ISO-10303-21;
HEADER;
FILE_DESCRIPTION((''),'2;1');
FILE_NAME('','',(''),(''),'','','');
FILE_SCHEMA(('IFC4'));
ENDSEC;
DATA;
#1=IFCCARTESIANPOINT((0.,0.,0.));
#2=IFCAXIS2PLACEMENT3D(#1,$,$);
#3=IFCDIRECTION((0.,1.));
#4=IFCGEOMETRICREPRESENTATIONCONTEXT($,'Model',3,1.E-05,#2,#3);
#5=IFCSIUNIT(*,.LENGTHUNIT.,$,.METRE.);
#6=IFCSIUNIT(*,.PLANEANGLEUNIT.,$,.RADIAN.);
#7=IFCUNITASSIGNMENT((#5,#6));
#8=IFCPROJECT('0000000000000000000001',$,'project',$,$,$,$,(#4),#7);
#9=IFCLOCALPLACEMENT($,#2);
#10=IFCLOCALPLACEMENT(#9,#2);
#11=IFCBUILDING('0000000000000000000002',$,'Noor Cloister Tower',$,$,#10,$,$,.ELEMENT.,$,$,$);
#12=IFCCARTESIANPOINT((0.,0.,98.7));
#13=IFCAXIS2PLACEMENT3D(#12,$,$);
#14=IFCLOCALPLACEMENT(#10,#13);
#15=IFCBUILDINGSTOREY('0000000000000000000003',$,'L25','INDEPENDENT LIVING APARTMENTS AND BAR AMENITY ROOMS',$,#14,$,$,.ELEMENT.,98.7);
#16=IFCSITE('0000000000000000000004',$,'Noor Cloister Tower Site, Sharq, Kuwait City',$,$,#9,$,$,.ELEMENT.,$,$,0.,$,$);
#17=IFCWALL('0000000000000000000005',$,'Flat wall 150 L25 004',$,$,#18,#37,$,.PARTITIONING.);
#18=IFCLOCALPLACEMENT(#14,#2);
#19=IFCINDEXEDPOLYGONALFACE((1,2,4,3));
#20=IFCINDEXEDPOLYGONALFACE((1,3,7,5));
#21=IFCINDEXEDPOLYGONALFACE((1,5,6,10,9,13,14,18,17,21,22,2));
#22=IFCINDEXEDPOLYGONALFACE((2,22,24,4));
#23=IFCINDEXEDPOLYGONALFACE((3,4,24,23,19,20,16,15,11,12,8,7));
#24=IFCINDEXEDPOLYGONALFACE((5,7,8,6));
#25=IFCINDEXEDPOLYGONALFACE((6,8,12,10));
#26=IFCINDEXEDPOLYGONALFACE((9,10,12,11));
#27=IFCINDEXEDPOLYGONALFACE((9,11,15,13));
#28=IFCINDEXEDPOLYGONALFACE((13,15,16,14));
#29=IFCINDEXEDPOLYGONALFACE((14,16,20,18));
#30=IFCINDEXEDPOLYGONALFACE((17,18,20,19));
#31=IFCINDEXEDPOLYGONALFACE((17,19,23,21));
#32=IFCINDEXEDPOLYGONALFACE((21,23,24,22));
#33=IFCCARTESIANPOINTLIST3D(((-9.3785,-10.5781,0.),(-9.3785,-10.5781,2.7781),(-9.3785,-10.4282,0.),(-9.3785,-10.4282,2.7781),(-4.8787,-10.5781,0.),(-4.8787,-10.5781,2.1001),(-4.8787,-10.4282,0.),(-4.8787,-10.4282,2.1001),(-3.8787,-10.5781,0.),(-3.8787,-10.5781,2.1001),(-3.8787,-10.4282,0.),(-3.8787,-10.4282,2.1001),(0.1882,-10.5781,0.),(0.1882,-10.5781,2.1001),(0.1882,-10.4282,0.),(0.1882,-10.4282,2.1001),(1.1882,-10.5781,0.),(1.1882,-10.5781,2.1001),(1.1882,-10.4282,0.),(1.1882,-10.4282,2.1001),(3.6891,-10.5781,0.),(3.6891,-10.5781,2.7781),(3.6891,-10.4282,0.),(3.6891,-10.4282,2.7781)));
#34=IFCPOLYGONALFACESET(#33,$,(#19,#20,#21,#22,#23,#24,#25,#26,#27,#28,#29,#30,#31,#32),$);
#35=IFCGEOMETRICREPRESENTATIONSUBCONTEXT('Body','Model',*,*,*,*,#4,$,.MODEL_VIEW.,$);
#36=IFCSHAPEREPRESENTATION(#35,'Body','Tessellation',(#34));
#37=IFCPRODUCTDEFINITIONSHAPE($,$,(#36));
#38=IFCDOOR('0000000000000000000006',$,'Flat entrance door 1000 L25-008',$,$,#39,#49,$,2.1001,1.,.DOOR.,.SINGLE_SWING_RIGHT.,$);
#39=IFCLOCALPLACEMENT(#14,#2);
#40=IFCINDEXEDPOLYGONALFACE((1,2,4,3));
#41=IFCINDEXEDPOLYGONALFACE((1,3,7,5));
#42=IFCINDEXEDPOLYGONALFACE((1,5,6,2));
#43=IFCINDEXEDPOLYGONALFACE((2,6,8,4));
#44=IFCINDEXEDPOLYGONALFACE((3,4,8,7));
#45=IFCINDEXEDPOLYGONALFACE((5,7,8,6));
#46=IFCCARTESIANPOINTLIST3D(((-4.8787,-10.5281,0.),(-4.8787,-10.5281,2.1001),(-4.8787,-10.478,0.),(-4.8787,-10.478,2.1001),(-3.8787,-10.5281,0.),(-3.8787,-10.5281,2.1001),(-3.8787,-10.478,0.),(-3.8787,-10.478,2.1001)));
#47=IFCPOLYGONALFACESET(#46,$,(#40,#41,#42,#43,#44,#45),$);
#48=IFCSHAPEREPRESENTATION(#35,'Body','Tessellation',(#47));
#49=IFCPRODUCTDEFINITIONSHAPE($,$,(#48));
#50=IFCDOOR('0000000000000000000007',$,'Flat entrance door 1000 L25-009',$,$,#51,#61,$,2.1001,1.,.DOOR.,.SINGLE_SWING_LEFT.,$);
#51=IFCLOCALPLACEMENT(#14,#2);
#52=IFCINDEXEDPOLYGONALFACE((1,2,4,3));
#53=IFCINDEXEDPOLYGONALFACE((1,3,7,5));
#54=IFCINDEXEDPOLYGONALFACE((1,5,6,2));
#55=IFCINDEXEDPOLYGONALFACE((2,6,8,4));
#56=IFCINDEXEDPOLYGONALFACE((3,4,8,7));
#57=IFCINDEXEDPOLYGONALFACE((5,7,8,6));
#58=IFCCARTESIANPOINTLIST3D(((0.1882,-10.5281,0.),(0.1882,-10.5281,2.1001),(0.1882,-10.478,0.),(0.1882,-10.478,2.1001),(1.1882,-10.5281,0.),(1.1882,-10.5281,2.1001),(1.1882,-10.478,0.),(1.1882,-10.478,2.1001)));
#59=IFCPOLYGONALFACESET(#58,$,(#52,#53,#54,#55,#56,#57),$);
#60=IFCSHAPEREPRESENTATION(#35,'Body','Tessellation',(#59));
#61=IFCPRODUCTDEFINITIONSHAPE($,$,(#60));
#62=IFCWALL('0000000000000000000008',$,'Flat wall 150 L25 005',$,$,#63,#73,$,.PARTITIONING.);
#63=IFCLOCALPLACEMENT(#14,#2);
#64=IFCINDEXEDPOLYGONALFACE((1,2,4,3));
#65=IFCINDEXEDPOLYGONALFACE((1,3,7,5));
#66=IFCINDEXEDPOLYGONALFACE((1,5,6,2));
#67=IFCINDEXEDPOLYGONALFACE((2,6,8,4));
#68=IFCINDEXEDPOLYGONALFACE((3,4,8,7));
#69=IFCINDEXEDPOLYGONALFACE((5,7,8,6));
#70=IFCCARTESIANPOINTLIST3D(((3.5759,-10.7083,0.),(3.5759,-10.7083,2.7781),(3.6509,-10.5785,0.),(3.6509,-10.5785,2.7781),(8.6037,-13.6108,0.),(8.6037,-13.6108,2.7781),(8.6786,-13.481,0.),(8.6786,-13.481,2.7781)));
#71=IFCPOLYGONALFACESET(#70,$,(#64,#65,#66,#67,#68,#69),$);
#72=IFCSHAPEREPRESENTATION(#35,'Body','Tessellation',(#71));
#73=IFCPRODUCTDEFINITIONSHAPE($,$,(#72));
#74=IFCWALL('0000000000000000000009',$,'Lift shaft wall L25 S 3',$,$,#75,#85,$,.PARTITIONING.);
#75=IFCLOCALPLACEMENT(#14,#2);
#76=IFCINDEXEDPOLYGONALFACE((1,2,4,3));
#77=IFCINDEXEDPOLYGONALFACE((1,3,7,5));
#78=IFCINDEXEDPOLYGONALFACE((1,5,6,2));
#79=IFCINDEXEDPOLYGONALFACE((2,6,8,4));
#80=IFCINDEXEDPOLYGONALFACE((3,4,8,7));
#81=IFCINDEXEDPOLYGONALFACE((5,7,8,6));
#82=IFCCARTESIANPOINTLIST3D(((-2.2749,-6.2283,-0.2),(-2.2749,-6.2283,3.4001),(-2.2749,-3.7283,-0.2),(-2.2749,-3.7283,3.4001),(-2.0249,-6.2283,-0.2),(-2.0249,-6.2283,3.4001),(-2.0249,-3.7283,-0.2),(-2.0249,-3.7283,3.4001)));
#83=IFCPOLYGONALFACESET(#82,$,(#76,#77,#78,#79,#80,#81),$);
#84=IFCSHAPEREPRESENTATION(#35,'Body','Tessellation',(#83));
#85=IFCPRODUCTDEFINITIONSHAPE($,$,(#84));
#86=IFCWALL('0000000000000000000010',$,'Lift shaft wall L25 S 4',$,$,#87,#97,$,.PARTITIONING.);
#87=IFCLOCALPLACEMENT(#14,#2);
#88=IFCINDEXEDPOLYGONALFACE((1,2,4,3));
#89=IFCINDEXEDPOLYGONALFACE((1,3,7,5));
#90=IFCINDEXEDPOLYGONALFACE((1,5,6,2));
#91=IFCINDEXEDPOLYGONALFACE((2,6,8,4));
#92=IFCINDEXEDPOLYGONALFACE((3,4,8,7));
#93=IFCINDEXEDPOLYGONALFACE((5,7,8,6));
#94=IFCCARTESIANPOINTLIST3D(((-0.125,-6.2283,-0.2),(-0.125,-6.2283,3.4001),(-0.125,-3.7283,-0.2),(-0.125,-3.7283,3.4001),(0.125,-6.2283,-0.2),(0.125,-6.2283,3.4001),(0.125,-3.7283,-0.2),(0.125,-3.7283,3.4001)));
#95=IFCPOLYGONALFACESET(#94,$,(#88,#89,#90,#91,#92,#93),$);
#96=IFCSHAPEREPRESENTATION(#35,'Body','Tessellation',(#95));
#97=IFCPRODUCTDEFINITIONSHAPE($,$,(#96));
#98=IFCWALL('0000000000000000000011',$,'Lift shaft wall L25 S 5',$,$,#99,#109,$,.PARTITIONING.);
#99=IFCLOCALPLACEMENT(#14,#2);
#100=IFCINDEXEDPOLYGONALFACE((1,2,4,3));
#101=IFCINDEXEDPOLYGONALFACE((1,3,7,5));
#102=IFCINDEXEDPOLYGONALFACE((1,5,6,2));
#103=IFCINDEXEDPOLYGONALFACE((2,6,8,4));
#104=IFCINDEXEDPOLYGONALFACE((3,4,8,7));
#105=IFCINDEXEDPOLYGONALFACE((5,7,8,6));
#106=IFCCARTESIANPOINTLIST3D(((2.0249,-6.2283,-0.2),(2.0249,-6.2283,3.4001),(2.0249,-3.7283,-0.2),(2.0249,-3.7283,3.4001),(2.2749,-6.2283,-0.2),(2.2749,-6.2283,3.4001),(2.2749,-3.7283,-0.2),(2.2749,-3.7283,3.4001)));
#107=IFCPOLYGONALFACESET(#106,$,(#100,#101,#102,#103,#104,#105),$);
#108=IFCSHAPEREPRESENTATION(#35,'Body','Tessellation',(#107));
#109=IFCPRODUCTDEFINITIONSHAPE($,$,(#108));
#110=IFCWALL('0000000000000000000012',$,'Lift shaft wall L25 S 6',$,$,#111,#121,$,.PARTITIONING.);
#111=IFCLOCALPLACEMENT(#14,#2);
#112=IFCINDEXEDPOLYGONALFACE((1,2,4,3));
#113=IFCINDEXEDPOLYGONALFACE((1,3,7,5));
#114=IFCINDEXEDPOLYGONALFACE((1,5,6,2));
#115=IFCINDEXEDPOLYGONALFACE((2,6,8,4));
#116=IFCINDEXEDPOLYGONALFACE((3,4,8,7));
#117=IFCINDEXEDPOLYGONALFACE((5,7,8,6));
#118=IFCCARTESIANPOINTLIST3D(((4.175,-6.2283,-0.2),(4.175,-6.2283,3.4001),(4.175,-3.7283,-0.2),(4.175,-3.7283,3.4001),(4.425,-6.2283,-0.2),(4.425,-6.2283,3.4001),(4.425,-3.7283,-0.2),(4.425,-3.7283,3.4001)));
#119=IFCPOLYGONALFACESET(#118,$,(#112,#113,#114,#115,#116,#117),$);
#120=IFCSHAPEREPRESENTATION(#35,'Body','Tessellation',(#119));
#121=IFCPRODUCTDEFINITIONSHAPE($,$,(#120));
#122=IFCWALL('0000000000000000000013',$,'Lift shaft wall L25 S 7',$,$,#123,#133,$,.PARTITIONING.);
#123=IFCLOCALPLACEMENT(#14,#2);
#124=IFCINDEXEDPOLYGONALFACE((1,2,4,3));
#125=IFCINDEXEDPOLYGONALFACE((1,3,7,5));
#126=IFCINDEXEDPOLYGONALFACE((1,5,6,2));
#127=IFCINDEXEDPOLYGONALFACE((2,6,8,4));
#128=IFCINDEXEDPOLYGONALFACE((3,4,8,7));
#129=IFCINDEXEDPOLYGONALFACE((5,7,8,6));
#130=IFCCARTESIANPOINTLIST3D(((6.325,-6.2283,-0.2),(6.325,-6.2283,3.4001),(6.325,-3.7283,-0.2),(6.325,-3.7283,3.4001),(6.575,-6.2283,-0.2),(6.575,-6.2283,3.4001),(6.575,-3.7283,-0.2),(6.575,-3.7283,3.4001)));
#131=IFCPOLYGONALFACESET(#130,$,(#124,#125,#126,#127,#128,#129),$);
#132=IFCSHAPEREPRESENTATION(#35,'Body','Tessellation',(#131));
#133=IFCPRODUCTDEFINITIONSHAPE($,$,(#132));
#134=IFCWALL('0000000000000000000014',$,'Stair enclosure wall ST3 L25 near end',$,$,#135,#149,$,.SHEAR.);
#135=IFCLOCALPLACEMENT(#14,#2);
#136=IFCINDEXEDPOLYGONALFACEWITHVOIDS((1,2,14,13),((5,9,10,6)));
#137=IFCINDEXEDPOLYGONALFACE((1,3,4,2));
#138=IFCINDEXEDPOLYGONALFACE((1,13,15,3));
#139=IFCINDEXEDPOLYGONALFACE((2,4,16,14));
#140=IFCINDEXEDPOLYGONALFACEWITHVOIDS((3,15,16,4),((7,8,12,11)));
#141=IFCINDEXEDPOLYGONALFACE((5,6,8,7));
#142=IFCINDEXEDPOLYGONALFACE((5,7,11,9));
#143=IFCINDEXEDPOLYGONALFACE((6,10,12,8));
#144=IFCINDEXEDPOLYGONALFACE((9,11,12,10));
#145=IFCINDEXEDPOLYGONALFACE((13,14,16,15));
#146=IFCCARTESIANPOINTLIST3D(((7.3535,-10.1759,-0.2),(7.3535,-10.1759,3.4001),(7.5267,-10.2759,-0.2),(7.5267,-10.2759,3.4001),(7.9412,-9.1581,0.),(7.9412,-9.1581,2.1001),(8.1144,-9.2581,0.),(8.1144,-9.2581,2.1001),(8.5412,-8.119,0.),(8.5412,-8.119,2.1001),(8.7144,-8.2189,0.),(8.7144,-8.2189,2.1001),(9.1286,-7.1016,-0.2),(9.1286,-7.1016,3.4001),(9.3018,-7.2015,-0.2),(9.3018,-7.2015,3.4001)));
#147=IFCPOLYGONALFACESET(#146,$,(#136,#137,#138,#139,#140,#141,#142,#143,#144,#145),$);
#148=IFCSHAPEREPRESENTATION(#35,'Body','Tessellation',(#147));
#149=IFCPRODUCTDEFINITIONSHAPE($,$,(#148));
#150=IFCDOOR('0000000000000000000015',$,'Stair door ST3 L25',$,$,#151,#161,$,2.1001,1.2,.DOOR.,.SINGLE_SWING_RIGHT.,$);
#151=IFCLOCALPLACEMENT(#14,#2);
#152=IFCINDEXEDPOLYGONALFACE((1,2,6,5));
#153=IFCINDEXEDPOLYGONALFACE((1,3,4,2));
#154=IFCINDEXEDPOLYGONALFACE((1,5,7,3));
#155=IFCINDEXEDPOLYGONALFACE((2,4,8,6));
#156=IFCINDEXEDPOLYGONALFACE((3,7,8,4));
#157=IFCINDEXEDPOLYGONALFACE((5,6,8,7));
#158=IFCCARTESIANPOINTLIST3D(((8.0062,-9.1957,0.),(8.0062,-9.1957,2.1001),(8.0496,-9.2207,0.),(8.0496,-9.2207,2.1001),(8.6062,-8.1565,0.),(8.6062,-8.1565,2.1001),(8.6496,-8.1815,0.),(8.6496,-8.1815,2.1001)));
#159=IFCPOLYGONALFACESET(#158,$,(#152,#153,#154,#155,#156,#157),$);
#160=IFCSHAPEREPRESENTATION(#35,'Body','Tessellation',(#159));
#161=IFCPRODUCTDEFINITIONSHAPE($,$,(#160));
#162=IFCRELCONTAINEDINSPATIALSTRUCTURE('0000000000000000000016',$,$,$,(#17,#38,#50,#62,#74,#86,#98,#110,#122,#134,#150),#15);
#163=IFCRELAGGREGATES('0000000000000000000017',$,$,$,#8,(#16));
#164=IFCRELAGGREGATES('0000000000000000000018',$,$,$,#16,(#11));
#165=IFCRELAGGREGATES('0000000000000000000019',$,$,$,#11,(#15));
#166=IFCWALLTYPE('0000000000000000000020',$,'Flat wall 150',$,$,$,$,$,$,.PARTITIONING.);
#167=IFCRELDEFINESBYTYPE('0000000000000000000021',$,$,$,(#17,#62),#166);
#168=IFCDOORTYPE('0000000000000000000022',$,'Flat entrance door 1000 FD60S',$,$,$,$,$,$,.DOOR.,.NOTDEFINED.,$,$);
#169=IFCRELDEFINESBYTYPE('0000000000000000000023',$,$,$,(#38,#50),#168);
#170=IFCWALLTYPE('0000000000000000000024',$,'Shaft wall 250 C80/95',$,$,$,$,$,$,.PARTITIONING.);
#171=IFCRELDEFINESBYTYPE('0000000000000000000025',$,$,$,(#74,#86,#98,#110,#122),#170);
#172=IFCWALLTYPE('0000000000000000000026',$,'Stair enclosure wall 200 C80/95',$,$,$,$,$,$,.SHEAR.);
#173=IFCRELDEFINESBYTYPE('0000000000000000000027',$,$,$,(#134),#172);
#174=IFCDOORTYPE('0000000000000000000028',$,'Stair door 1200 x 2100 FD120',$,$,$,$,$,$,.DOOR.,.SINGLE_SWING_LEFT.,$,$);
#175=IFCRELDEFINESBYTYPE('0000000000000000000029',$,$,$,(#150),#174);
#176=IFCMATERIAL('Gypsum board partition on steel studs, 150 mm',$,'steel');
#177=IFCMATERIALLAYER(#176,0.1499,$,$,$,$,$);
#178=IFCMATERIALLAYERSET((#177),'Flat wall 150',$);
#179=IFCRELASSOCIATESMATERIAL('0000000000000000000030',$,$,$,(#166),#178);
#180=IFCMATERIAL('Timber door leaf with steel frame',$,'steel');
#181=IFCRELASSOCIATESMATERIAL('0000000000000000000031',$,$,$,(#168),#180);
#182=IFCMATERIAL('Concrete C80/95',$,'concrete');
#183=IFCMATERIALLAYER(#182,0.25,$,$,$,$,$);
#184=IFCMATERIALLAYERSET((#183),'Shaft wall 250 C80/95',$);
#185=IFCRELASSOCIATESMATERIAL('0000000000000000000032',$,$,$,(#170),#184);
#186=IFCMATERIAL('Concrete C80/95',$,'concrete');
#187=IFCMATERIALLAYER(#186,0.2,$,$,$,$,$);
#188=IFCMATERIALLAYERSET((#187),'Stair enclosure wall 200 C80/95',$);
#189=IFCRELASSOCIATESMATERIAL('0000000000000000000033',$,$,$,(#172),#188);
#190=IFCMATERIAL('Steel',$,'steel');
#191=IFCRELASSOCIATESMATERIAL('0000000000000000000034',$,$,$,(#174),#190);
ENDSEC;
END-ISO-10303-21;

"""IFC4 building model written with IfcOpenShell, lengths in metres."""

from ifc_helpers import new_model, si_unit, direction, frame, frame_2d, origin, place, context, subcontext, project, spatial, rectangle, extrude, material, layer, layer_set, type_object, element, fill, save


model = new_model("IFC4")

# Units and contexts
model_context = context("Model", 3, precision=1e-05, world=origin(), true_north=direction((0.0, 1.0)))
body_context = subcontext(model_context, "Body", "Model", "MODEL_VIEW")
ifc_project = project(units=[si_unit("LENGTHUNIT", "METRE"), si_unit("PLANEANGLEUNIT", "RADIAN")], contexts=[model_context])

# Site, building, storey
site_placement = place(None, origin())
site = spatial("IfcSite", under=ifc_project, at=site_placement, Name="Noor Cloister Tower Site, Sharq, Kuwait City", CompositionType="ELEMENT", RefElevation=0.0)
building_placement = place(site_placement, origin())
building = spatial("IfcBuilding", under=site, at=building_placement, Name="Noor Cloister Tower", CompositionType="ELEMENT")
storey_placement = place(building_placement, frame((0.0, 0.0, 98.7)))
storey = spatial("IfcBuildingStorey", under=building, at=storey_placement, Name="L25", Description="INDEPENDENT LIVING APARTMENTS AND BAR AMENITY ROOMS", CompositionType="ELEMENT", Elevation=98.7)

# Wall, openings, doors
ifc_material_1 = material(Name="Gypsum board partition on steel studs, 150 mm", Category="steel")
ifc_layer_1 = layer(ifc_material_1, 0.1499)
ifc_layer_set_1 = layer_set([ifc_layer_1], Name="Flat wall 150")
wall_type_1 = type_object("IfcWallType", Name="Flat wall 150", PredefinedType="PARTITIONING", material=ifc_layer_set_1)
wall_1_placement = place(storey_placement, frame((3.689, -10.5032, 0.0), z_axis=(0.0, 0.0, 1.0), x_axis=(-1.0, 0.0, 0.0)))
wall_1 = element("IfcWall", 1, at=wall_1_placement, inside=storey, type_object=wall_type_1, Name="Flat wall 150 L25 004", PredefinedType="PARTITIONING", context=body_context, shape_type="SweptSolid", body=[
    extrude(rectangle(XDim=13.0676, YDim=0.1499, at=frame_2d((6.5337, 0.0))), origin(), (0.0, 0.0, 1.0), 2.7781),
])
opening_1_placement = place(wall_1_placement, frame((7.5676, 0.0, 0.0)))
opening_1 = element("IfcOpeningElement", 2, at=opening_1_placement, cuts=wall_1, PredefinedType="OPENING", context=body_context, shape_type="SweptSolid", body=[
    extrude(rectangle(XDim=1.0, YDim=2.1001, at=frame_2d((0.5, 1.05))), frame((0.0, 0.085, 0.0), z_axis=(0.0, -1.0, 0.0), x_axis=(1.0, 0.0, 0.0)), (0.0, 0.0, 1.0), 0.1699),
])
opening_2_placement = place(wall_1_placement, frame((2.5007, 0.0, 0.0)))
opening_2 = element("IfcOpeningElement", 3, at=opening_2_placement, cuts=wall_1, PredefinedType="OPENING", context=body_context, shape_type="SweptSolid", body=[
    extrude(rectangle(XDim=1.0, YDim=2.1001, at=frame_2d((0.5, 1.05))), frame((0.0, 0.085, 0.0), z_axis=(0.0, -1.0, 0.0), x_axis=(1.0, 0.0, 0.0)), (0.0, 0.0, 1.0), 0.1699),
])
ifc_material_2 = material(Name="Timber door leaf with steel frame", Category="steel")
door_type_1 = type_object("IfcDoorType", Name="Flat entrance door 1000 FD60S", OperationType="NOTDEFINED", PredefinedType="DOOR", material=ifc_material_2)
door_1_placement = place(opening_1_placement, origin())
door_1 = element("IfcDoor", 4, at=door_1_placement, inside=storey, type_object=door_type_1, Name="Flat entrance door 1000 L25-008", OperationType="SINGLE_SWING_RIGHT", OverallHeight=2.1001, OverallWidth=1.0, PredefinedType="DOOR", context=body_context, shape_type="SweptSolid", body=[
    extrude(rectangle(XDim=1.0, YDim=2.1001, at=frame_2d((0.5, 1.05))), frame((0.0, 0.0249, 0.0), z_axis=(0.0, -1.0, 0.0), x_axis=(1.0, 0.0, 0.0)), (0.0, 0.0, 1.0), 0.05),
])
fill(opening_1, door_1)
door_2_placement = place(opening_2_placement, origin())
door_2 = element("IfcDoor", 5, at=door_2_placement, inside=storey, type_object=door_type_1, Name="Flat entrance door 1000 L25-009", OperationType="SINGLE_SWING_LEFT", OverallHeight=2.1001, OverallWidth=1.0, PredefinedType="DOOR", context=body_context, shape_type="SweptSolid", body=[
    extrude(rectangle(XDim=1.0, YDim=2.1001, at=frame_2d((0.5, 1.05))), frame((0.0, 0.0249, 0.0), z_axis=(0.0, -1.0, 0.0), x_axis=(1.0, 0.0, 0.0)), (0.0, 0.0, 1.0), 0.05),
])
fill(opening_2, door_2)

# Walls
wall_2_placement = place(storey_placement, frame((3.6133, -10.6433, 0.0), z_axis=(0.0, 0.0, 1.0), x_axis=(0.866043, -0.49997, 0.0)))
element("IfcWall", 6, at=wall_2_placement, inside=storey, type_object=wall_type_1, Name="Flat wall 150 L25 005", PredefinedType="PARTITIONING", context=body_context, shape_type="SweptSolid", body=[
    extrude(rectangle(XDim=5.8054, YDim=0.1499, at=frame_2d((2.9028, 0.0))), origin(), (0.0, 0.0, 1.0), 2.7781),
])
ifc_material_3 = material(Name="Concrete C80/95", Category="concrete")
ifc_layer_2 = layer(ifc_material_3, 0.25)
ifc_layer_set_2 = layer_set([ifc_layer_2], Name="Shaft wall 250 C80/95")
wall_type_2 = type_object("IfcWallType", Name="Shaft wall 250 C80/95", PredefinedType="PARTITIONING", material=ifc_layer_set_2)
for number, where, z_axis, x_axis, name in (
    (7, (-2.1499, -6.2283, -0.2), (0.0, 0.0, 1.0), (0.0, 1.0, 0.0), "Lift shaft wall L25 S 3"),
    (8, (0.0, -6.2283, -0.2), (0.0, 0.0, 1.0), (0.0, 1.0, 0.0), "Lift shaft wall L25 S 4"),
    (9, (2.1499, -6.2283, -0.2), (0.0, 0.0, 1.0), (0.0, 1.0, 0.0), "Lift shaft wall L25 S 5"),
    (10, (4.3, -6.2283, -0.2), (0.0, 0.0, 1.0), (0.0, 1.0, 0.0), "Lift shaft wall L25 S 6"),
    (11, (6.45, -6.2283, -0.2), (0.0, 0.0, 1.0), (0.0, 1.0, 0.0), "Lift shaft wall L25 S 7"),
):
    element("IfcWall", number, at=place(storey_placement, frame(where, z_axis=z_axis, x_axis=x_axis)), inside=storey, type_object=wall_type_2, Name=name, PredefinedType="PARTITIONING", context=body_context, shape_type="SweptSolid", body=[
        extrude(rectangle(XDim=2.5, YDim=0.25, at=frame_2d((1.25, 0.0))), origin(), (0.0, 0.0, 1.0), 3.6001),
    ])

# Wall, opening, door
ifc_material_4 = material(Name="Concrete C80/95", Category="concrete")
ifc_layer_3 = layer(ifc_material_4, 0.2)
ifc_layer_set_3 = layer_set([ifc_layer_3], Name="Stair enclosure wall 200 C80/95")
wall_type_3 = type_object("IfcWallType", Name="Stair enclosure wall 200 C80/95", PredefinedType="SHEAR", material=ifc_layer_set_3)
wall_3_placement = place(storey_placement, frame((7.4402, -10.2258, -0.2), z_axis=(0.0, 0.0, 1.0), x_axis=(0.500022, 0.866013, 0.0)))
wall_3 = element("IfcWall", 12, at=wall_3_placement, inside=storey, type_object=wall_type_3, Name="Stair enclosure wall ST3 L25 near end", PredefinedType="SHEAR", context=body_context, shape_type="SweptSolid", body=[
    extrude(rectangle(XDim=3.55, YDim=0.2, at=frame_2d((1.7749, 0.0))), origin(), (0.0, 0.0, 1.0), 3.6001),
])
opening_3_placement = place(wall_3_placement, frame((1.175, 0.0, 0.2)))
opening_3 = element("IfcOpeningElement", 13, at=opening_3_placement, cuts=wall_3, PredefinedType="OPENING", context=body_context, shape_type="SweptSolid", body=[
    extrude(rectangle(XDim=1.2, YDim=2.1001, at=frame_2d((0.6001, 1.05))), frame((0.0, 0.1099, 0.0), z_axis=(0.0, -1.0, 0.0), x_axis=(1.0, 0.0, 0.0)), (0.0, 0.0, 1.0), 0.22),
])
ifc_material_5 = material(Name="Steel", Category="steel")
door_type_2 = type_object("IfcDoorType", Name="Stair door 1200 x 2100 FD120", OperationType="SINGLE_SWING_LEFT", PredefinedType="DOOR", material=ifc_material_5)
door_3_placement = place(opening_3_placement, origin())
door_3 = element("IfcDoor", 14, at=door_3_placement, inside=storey, type_object=door_type_2, Name="Stair door ST3 L25", OperationType="SINGLE_SWING_RIGHT", OverallHeight=2.1001, OverallWidth=1.2, PredefinedType="DOOR", context=body_context, shape_type="SweptSolid", body=[
    extrude(rectangle(XDim=1.2, YDim=2.1001, at=frame_2d((0.6001, 1.05))), frame((0.0, 0.0249, 0.0), z_axis=(0.0, -1.0, 0.0), x_axis=(1.0, 0.0, 0.0)), (0.0, 0.0, 1.0), 0.05),
])
fill(opening_3, door_3)

save(model, "model.ifc")
